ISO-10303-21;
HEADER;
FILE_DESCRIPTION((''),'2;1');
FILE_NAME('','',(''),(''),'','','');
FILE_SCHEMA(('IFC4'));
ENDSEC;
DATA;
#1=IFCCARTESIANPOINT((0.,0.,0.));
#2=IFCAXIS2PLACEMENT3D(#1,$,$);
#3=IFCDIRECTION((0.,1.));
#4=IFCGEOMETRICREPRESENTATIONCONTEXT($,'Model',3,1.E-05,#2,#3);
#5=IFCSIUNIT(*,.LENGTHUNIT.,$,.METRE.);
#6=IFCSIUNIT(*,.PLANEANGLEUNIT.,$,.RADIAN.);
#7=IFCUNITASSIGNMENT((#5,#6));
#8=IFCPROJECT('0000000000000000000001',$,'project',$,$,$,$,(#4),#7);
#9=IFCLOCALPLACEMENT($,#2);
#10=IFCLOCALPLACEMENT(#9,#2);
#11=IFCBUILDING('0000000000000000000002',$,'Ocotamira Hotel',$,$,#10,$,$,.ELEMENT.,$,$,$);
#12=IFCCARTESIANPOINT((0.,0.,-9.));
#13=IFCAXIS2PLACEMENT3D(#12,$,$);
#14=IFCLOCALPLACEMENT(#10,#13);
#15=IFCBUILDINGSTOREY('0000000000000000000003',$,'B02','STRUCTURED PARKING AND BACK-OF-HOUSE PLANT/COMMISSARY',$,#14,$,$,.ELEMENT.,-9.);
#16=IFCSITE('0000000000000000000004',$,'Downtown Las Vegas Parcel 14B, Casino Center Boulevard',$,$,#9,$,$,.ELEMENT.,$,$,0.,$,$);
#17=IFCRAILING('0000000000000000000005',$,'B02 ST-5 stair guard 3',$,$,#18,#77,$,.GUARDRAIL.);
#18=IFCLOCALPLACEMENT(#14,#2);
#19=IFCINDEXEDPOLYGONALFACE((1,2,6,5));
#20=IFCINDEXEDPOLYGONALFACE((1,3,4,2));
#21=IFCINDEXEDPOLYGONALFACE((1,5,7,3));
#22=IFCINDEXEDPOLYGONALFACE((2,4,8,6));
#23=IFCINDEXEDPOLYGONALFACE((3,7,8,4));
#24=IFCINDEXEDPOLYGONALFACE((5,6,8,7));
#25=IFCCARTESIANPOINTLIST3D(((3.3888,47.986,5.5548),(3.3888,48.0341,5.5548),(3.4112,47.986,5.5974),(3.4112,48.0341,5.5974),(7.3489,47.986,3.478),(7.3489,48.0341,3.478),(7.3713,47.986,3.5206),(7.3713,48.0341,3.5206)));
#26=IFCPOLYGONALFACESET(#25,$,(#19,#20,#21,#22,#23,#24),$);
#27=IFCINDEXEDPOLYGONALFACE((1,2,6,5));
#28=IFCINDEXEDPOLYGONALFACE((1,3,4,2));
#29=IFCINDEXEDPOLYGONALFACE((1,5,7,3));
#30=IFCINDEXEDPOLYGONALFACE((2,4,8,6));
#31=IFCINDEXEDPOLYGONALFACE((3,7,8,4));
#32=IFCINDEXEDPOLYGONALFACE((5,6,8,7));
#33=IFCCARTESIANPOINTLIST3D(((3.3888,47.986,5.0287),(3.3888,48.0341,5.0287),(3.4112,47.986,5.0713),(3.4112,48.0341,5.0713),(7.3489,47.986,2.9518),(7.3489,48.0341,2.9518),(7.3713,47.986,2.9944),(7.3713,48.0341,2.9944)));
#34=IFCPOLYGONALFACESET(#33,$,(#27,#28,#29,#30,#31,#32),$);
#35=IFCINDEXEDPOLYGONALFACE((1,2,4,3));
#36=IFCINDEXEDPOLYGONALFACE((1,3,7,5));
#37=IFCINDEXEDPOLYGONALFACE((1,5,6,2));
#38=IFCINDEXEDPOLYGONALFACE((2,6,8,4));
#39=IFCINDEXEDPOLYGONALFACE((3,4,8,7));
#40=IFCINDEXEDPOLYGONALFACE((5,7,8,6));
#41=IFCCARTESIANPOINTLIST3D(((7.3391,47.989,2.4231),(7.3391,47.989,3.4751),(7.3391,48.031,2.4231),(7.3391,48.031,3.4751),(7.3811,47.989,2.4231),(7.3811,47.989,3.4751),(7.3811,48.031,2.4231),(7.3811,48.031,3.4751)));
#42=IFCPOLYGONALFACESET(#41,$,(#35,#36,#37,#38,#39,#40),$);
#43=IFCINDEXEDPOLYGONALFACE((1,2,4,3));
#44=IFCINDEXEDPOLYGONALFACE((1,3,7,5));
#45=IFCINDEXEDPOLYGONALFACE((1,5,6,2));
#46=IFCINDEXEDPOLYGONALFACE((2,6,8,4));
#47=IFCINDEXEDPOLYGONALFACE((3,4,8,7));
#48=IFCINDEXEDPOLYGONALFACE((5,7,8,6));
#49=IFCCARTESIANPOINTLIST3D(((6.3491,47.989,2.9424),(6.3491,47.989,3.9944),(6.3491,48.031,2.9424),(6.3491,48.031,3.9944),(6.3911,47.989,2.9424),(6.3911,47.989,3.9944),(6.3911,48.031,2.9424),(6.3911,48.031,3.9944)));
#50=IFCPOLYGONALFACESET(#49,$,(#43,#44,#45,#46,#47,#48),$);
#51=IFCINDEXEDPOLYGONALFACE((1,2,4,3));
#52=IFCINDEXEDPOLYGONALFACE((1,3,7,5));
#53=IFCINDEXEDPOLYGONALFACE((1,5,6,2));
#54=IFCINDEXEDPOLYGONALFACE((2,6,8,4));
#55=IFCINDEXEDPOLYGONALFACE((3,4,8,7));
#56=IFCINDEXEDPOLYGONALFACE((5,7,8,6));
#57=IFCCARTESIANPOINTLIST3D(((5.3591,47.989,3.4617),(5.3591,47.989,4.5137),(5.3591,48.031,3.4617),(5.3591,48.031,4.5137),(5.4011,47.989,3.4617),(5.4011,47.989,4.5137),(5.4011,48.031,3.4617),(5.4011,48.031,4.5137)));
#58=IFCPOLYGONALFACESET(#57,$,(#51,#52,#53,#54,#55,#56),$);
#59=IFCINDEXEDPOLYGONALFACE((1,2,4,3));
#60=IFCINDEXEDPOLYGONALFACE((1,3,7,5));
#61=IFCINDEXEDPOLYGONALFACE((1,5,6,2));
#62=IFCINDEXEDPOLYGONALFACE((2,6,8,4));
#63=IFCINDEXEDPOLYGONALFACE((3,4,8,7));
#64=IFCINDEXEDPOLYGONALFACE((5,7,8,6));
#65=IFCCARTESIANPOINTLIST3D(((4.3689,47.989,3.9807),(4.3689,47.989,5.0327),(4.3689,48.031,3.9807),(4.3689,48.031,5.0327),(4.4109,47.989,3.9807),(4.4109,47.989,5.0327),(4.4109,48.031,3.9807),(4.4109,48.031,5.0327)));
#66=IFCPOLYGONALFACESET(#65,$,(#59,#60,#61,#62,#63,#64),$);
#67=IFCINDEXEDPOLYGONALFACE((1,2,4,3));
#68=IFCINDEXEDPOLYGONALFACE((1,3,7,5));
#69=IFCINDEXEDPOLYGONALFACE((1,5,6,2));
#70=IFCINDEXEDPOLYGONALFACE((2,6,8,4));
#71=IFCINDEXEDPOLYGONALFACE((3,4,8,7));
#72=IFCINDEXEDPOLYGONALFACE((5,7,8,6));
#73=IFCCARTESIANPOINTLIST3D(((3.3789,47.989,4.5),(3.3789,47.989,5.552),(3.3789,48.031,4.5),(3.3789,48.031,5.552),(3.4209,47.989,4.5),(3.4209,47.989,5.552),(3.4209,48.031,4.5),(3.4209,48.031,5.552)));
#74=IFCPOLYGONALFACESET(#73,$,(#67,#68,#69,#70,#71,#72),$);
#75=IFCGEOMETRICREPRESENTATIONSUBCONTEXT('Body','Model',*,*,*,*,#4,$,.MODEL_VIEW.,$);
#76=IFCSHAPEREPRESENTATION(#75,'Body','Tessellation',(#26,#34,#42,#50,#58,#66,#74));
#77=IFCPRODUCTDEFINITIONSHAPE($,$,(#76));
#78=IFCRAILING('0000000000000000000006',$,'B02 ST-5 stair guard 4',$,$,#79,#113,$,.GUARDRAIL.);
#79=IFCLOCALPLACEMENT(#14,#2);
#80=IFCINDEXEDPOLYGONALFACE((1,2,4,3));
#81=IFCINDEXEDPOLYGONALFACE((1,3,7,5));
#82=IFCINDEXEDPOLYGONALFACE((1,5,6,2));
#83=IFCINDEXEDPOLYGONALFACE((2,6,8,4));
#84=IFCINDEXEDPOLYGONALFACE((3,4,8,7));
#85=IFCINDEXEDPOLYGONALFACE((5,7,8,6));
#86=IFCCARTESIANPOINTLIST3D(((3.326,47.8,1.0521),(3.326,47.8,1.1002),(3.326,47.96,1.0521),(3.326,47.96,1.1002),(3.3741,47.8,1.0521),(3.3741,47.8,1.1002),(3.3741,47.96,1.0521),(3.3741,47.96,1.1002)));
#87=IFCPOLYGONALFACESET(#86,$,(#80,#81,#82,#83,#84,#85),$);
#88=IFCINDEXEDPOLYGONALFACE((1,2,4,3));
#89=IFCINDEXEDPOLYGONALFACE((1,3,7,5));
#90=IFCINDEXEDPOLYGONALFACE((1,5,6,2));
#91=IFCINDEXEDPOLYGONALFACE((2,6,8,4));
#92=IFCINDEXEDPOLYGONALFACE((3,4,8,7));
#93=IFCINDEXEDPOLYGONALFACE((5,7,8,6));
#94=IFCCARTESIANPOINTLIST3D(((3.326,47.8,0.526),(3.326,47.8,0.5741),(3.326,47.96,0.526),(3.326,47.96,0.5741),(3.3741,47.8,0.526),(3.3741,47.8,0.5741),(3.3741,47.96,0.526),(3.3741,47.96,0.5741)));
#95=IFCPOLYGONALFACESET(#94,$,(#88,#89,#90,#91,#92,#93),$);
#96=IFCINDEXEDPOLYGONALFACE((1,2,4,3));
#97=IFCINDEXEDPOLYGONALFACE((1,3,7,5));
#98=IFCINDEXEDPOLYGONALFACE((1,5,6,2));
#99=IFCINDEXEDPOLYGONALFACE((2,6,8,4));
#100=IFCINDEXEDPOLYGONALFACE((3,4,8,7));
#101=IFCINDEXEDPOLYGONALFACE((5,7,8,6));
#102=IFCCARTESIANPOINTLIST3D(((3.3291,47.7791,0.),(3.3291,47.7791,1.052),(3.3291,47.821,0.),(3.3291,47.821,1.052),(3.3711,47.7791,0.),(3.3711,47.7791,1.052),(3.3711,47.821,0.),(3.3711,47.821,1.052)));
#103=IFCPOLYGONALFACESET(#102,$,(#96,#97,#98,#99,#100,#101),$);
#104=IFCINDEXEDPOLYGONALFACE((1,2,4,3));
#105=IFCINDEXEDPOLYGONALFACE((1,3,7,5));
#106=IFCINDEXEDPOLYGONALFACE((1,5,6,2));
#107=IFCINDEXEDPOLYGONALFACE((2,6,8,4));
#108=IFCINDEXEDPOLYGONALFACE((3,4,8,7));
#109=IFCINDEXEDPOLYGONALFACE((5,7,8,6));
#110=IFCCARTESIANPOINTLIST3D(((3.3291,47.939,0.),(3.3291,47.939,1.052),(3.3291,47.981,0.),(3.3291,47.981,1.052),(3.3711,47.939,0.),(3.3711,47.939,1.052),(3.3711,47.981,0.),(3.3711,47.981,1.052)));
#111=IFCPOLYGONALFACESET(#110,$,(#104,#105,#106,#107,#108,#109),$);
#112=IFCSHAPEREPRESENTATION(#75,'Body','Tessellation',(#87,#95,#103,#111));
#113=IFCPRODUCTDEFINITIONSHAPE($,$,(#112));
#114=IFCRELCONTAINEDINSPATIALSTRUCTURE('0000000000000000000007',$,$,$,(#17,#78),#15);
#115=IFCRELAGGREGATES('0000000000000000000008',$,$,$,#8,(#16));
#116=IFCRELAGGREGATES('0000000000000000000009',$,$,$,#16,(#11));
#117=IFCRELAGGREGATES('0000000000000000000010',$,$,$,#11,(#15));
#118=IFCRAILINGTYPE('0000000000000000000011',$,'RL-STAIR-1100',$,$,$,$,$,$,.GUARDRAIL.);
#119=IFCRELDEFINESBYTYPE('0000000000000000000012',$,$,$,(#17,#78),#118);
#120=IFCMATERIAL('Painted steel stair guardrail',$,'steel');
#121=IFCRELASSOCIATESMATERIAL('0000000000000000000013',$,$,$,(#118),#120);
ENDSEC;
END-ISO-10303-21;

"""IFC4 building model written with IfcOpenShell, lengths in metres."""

from ifc_helpers import new_model, si_unit, direction, frame, origin, origin_2d, place, context, subcontext, project, spatial, rectangle, extrude, material, type_object, element, save


model = new_model("IFC4")

# Units and contexts
model_context = context("Model", 3, precision=1e-05, world=origin(), true_north=direction((0.0, 1.0)))
body_context = subcontext(model_context, "Body", "Model", "MODEL_VIEW")
ifc_project = project(units=[si_unit("LENGTHUNIT", "METRE"), si_unit("PLANEANGLEUNIT", "RADIAN")], contexts=[model_context])

# Site, building, storey
site_placement = place(None, origin())
site = spatial("IfcSite", under=ifc_project, at=site_placement, Name="Downtown Las Vegas Parcel 14B, Casino Center Boulevard", CompositionType="ELEMENT", RefElevation=0.0)
building_placement = place(site_placement, origin())
building = spatial("IfcBuilding", under=site, at=building_placement, Name="Ocotamira Hotel", CompositionType="ELEMENT")
storey_placement = place(building_placement, frame((0.0, 0.0, -9.0)))
storey = spatial("IfcBuildingStorey", under=building, at=storey_placement, Name="B02", Description="STRUCTURED PARKING AND BACK-OF-HOUSE PLANT/COMMISSARY", CompositionType="ELEMENT", Elevation=-9.0)

# Railings
ifc_material_1 = material(Name="Painted steel stair guardrail", Category="steel")
railing_type_1 = type_object("IfcRailingType", Name="RL-STAIR-1100", PredefinedType="GUARDRAIL", material=ifc_material_1)
railing_1_placement = place(storey_placement, frame((7.3601, 48.01, 2.4231)))
element("IfcRailing", 1, at=railing_1_placement, inside=storey, type_object=railing_type_1, Name="B02 ST-5 stair guard 3", PredefinedType="GUARDRAIL", context=body_context, shape_type="SweptSolid", body=[
    extrude(rectangle(XDim=0.0481, YDim=0.0481, at=origin_2d()), frame((0.0, 0.0, 1.0762), z_axis=(-0.885601, 0.0, 0.464448), x_axis=(0.0, -1.0, 0.0)), (0.0, 0.0, 1.0), 4.4717),
    extrude(rectangle(XDim=0.0481, YDim=0.0481, at=origin_2d()), frame((0.0, 0.0, 0.55), z_axis=(-0.885601, 0.0, 0.464448), x_axis=(0.0, -1.0, 0.0)), (0.0, 0.0, 1.0), 4.4717),
    extrude(rectangle(XDim=0.042, YDim=0.042, at=origin_2d()), origin(), (0.0, 0.0, 1.0), 1.052),
    extrude(rectangle(XDim=0.042, YDim=0.042, at=origin_2d()), frame((-0.99, 0.0, 0.5193)), (0.0, 0.0, 1.0), 1.052),
    extrude(rectangle(XDim=0.042, YDim=0.042, at=origin_2d()), frame((-1.98, 0.0, 1.0386)), (0.0, 0.0, 1.0), 1.052),
    extrude(rectangle(XDim=0.042, YDim=0.042, at=origin_2d()), frame((-2.9702, 0.0, 1.5576)), (0.0, 0.0, 1.0), 1.052),
    extrude(rectangle(XDim=0.042, YDim=0.042, at=origin_2d()), frame((-3.9602, 0.0, 2.0769)), (0.0, 0.0, 1.0), 1.052),
])
railing_2_placement = place(storey_placement, frame((3.3501, 47.8, 0.0)))
element("IfcRailing", 2, at=railing_2_placement, inside=storey, type_object=railing_type_1, Name="B02 ST-5 stair guard 4", PredefinedType="GUARDRAIL", context=body_context, shape_type="SweptSolid", body=[
    extrude(rectangle(XDim=0.0481, YDim=0.0481, at=origin_2d()), frame((0.0, 0.0, 1.0762), z_axis=(0.0, 1.0, 0.0), x_axis=(-1.0, 0.0, 0.0)), (0.0, 0.0, 1.0), 0.1599),
    extrude(rectangle(XDim=0.0481, YDim=0.0481, at=origin_2d()), frame((0.0, 0.0, 0.55), z_axis=(0.0, 1.0, 0.0), x_axis=(-1.0, 0.0, 0.0)), (0.0, 0.0, 1.0), 0.1599),
    extrude(rectangle(XDim=0.042, YDim=0.042, at=origin_2d()), origin(), (0.0, 0.0, 1.0), 1.052),
    extrude(rectangle(XDim=0.042, YDim=0.042, at=origin_2d()), frame((0.0, 0.1599, 0.0)), (0.0, 0.0, 1.0), 1.052),
])

save(model, "model.ifc")
